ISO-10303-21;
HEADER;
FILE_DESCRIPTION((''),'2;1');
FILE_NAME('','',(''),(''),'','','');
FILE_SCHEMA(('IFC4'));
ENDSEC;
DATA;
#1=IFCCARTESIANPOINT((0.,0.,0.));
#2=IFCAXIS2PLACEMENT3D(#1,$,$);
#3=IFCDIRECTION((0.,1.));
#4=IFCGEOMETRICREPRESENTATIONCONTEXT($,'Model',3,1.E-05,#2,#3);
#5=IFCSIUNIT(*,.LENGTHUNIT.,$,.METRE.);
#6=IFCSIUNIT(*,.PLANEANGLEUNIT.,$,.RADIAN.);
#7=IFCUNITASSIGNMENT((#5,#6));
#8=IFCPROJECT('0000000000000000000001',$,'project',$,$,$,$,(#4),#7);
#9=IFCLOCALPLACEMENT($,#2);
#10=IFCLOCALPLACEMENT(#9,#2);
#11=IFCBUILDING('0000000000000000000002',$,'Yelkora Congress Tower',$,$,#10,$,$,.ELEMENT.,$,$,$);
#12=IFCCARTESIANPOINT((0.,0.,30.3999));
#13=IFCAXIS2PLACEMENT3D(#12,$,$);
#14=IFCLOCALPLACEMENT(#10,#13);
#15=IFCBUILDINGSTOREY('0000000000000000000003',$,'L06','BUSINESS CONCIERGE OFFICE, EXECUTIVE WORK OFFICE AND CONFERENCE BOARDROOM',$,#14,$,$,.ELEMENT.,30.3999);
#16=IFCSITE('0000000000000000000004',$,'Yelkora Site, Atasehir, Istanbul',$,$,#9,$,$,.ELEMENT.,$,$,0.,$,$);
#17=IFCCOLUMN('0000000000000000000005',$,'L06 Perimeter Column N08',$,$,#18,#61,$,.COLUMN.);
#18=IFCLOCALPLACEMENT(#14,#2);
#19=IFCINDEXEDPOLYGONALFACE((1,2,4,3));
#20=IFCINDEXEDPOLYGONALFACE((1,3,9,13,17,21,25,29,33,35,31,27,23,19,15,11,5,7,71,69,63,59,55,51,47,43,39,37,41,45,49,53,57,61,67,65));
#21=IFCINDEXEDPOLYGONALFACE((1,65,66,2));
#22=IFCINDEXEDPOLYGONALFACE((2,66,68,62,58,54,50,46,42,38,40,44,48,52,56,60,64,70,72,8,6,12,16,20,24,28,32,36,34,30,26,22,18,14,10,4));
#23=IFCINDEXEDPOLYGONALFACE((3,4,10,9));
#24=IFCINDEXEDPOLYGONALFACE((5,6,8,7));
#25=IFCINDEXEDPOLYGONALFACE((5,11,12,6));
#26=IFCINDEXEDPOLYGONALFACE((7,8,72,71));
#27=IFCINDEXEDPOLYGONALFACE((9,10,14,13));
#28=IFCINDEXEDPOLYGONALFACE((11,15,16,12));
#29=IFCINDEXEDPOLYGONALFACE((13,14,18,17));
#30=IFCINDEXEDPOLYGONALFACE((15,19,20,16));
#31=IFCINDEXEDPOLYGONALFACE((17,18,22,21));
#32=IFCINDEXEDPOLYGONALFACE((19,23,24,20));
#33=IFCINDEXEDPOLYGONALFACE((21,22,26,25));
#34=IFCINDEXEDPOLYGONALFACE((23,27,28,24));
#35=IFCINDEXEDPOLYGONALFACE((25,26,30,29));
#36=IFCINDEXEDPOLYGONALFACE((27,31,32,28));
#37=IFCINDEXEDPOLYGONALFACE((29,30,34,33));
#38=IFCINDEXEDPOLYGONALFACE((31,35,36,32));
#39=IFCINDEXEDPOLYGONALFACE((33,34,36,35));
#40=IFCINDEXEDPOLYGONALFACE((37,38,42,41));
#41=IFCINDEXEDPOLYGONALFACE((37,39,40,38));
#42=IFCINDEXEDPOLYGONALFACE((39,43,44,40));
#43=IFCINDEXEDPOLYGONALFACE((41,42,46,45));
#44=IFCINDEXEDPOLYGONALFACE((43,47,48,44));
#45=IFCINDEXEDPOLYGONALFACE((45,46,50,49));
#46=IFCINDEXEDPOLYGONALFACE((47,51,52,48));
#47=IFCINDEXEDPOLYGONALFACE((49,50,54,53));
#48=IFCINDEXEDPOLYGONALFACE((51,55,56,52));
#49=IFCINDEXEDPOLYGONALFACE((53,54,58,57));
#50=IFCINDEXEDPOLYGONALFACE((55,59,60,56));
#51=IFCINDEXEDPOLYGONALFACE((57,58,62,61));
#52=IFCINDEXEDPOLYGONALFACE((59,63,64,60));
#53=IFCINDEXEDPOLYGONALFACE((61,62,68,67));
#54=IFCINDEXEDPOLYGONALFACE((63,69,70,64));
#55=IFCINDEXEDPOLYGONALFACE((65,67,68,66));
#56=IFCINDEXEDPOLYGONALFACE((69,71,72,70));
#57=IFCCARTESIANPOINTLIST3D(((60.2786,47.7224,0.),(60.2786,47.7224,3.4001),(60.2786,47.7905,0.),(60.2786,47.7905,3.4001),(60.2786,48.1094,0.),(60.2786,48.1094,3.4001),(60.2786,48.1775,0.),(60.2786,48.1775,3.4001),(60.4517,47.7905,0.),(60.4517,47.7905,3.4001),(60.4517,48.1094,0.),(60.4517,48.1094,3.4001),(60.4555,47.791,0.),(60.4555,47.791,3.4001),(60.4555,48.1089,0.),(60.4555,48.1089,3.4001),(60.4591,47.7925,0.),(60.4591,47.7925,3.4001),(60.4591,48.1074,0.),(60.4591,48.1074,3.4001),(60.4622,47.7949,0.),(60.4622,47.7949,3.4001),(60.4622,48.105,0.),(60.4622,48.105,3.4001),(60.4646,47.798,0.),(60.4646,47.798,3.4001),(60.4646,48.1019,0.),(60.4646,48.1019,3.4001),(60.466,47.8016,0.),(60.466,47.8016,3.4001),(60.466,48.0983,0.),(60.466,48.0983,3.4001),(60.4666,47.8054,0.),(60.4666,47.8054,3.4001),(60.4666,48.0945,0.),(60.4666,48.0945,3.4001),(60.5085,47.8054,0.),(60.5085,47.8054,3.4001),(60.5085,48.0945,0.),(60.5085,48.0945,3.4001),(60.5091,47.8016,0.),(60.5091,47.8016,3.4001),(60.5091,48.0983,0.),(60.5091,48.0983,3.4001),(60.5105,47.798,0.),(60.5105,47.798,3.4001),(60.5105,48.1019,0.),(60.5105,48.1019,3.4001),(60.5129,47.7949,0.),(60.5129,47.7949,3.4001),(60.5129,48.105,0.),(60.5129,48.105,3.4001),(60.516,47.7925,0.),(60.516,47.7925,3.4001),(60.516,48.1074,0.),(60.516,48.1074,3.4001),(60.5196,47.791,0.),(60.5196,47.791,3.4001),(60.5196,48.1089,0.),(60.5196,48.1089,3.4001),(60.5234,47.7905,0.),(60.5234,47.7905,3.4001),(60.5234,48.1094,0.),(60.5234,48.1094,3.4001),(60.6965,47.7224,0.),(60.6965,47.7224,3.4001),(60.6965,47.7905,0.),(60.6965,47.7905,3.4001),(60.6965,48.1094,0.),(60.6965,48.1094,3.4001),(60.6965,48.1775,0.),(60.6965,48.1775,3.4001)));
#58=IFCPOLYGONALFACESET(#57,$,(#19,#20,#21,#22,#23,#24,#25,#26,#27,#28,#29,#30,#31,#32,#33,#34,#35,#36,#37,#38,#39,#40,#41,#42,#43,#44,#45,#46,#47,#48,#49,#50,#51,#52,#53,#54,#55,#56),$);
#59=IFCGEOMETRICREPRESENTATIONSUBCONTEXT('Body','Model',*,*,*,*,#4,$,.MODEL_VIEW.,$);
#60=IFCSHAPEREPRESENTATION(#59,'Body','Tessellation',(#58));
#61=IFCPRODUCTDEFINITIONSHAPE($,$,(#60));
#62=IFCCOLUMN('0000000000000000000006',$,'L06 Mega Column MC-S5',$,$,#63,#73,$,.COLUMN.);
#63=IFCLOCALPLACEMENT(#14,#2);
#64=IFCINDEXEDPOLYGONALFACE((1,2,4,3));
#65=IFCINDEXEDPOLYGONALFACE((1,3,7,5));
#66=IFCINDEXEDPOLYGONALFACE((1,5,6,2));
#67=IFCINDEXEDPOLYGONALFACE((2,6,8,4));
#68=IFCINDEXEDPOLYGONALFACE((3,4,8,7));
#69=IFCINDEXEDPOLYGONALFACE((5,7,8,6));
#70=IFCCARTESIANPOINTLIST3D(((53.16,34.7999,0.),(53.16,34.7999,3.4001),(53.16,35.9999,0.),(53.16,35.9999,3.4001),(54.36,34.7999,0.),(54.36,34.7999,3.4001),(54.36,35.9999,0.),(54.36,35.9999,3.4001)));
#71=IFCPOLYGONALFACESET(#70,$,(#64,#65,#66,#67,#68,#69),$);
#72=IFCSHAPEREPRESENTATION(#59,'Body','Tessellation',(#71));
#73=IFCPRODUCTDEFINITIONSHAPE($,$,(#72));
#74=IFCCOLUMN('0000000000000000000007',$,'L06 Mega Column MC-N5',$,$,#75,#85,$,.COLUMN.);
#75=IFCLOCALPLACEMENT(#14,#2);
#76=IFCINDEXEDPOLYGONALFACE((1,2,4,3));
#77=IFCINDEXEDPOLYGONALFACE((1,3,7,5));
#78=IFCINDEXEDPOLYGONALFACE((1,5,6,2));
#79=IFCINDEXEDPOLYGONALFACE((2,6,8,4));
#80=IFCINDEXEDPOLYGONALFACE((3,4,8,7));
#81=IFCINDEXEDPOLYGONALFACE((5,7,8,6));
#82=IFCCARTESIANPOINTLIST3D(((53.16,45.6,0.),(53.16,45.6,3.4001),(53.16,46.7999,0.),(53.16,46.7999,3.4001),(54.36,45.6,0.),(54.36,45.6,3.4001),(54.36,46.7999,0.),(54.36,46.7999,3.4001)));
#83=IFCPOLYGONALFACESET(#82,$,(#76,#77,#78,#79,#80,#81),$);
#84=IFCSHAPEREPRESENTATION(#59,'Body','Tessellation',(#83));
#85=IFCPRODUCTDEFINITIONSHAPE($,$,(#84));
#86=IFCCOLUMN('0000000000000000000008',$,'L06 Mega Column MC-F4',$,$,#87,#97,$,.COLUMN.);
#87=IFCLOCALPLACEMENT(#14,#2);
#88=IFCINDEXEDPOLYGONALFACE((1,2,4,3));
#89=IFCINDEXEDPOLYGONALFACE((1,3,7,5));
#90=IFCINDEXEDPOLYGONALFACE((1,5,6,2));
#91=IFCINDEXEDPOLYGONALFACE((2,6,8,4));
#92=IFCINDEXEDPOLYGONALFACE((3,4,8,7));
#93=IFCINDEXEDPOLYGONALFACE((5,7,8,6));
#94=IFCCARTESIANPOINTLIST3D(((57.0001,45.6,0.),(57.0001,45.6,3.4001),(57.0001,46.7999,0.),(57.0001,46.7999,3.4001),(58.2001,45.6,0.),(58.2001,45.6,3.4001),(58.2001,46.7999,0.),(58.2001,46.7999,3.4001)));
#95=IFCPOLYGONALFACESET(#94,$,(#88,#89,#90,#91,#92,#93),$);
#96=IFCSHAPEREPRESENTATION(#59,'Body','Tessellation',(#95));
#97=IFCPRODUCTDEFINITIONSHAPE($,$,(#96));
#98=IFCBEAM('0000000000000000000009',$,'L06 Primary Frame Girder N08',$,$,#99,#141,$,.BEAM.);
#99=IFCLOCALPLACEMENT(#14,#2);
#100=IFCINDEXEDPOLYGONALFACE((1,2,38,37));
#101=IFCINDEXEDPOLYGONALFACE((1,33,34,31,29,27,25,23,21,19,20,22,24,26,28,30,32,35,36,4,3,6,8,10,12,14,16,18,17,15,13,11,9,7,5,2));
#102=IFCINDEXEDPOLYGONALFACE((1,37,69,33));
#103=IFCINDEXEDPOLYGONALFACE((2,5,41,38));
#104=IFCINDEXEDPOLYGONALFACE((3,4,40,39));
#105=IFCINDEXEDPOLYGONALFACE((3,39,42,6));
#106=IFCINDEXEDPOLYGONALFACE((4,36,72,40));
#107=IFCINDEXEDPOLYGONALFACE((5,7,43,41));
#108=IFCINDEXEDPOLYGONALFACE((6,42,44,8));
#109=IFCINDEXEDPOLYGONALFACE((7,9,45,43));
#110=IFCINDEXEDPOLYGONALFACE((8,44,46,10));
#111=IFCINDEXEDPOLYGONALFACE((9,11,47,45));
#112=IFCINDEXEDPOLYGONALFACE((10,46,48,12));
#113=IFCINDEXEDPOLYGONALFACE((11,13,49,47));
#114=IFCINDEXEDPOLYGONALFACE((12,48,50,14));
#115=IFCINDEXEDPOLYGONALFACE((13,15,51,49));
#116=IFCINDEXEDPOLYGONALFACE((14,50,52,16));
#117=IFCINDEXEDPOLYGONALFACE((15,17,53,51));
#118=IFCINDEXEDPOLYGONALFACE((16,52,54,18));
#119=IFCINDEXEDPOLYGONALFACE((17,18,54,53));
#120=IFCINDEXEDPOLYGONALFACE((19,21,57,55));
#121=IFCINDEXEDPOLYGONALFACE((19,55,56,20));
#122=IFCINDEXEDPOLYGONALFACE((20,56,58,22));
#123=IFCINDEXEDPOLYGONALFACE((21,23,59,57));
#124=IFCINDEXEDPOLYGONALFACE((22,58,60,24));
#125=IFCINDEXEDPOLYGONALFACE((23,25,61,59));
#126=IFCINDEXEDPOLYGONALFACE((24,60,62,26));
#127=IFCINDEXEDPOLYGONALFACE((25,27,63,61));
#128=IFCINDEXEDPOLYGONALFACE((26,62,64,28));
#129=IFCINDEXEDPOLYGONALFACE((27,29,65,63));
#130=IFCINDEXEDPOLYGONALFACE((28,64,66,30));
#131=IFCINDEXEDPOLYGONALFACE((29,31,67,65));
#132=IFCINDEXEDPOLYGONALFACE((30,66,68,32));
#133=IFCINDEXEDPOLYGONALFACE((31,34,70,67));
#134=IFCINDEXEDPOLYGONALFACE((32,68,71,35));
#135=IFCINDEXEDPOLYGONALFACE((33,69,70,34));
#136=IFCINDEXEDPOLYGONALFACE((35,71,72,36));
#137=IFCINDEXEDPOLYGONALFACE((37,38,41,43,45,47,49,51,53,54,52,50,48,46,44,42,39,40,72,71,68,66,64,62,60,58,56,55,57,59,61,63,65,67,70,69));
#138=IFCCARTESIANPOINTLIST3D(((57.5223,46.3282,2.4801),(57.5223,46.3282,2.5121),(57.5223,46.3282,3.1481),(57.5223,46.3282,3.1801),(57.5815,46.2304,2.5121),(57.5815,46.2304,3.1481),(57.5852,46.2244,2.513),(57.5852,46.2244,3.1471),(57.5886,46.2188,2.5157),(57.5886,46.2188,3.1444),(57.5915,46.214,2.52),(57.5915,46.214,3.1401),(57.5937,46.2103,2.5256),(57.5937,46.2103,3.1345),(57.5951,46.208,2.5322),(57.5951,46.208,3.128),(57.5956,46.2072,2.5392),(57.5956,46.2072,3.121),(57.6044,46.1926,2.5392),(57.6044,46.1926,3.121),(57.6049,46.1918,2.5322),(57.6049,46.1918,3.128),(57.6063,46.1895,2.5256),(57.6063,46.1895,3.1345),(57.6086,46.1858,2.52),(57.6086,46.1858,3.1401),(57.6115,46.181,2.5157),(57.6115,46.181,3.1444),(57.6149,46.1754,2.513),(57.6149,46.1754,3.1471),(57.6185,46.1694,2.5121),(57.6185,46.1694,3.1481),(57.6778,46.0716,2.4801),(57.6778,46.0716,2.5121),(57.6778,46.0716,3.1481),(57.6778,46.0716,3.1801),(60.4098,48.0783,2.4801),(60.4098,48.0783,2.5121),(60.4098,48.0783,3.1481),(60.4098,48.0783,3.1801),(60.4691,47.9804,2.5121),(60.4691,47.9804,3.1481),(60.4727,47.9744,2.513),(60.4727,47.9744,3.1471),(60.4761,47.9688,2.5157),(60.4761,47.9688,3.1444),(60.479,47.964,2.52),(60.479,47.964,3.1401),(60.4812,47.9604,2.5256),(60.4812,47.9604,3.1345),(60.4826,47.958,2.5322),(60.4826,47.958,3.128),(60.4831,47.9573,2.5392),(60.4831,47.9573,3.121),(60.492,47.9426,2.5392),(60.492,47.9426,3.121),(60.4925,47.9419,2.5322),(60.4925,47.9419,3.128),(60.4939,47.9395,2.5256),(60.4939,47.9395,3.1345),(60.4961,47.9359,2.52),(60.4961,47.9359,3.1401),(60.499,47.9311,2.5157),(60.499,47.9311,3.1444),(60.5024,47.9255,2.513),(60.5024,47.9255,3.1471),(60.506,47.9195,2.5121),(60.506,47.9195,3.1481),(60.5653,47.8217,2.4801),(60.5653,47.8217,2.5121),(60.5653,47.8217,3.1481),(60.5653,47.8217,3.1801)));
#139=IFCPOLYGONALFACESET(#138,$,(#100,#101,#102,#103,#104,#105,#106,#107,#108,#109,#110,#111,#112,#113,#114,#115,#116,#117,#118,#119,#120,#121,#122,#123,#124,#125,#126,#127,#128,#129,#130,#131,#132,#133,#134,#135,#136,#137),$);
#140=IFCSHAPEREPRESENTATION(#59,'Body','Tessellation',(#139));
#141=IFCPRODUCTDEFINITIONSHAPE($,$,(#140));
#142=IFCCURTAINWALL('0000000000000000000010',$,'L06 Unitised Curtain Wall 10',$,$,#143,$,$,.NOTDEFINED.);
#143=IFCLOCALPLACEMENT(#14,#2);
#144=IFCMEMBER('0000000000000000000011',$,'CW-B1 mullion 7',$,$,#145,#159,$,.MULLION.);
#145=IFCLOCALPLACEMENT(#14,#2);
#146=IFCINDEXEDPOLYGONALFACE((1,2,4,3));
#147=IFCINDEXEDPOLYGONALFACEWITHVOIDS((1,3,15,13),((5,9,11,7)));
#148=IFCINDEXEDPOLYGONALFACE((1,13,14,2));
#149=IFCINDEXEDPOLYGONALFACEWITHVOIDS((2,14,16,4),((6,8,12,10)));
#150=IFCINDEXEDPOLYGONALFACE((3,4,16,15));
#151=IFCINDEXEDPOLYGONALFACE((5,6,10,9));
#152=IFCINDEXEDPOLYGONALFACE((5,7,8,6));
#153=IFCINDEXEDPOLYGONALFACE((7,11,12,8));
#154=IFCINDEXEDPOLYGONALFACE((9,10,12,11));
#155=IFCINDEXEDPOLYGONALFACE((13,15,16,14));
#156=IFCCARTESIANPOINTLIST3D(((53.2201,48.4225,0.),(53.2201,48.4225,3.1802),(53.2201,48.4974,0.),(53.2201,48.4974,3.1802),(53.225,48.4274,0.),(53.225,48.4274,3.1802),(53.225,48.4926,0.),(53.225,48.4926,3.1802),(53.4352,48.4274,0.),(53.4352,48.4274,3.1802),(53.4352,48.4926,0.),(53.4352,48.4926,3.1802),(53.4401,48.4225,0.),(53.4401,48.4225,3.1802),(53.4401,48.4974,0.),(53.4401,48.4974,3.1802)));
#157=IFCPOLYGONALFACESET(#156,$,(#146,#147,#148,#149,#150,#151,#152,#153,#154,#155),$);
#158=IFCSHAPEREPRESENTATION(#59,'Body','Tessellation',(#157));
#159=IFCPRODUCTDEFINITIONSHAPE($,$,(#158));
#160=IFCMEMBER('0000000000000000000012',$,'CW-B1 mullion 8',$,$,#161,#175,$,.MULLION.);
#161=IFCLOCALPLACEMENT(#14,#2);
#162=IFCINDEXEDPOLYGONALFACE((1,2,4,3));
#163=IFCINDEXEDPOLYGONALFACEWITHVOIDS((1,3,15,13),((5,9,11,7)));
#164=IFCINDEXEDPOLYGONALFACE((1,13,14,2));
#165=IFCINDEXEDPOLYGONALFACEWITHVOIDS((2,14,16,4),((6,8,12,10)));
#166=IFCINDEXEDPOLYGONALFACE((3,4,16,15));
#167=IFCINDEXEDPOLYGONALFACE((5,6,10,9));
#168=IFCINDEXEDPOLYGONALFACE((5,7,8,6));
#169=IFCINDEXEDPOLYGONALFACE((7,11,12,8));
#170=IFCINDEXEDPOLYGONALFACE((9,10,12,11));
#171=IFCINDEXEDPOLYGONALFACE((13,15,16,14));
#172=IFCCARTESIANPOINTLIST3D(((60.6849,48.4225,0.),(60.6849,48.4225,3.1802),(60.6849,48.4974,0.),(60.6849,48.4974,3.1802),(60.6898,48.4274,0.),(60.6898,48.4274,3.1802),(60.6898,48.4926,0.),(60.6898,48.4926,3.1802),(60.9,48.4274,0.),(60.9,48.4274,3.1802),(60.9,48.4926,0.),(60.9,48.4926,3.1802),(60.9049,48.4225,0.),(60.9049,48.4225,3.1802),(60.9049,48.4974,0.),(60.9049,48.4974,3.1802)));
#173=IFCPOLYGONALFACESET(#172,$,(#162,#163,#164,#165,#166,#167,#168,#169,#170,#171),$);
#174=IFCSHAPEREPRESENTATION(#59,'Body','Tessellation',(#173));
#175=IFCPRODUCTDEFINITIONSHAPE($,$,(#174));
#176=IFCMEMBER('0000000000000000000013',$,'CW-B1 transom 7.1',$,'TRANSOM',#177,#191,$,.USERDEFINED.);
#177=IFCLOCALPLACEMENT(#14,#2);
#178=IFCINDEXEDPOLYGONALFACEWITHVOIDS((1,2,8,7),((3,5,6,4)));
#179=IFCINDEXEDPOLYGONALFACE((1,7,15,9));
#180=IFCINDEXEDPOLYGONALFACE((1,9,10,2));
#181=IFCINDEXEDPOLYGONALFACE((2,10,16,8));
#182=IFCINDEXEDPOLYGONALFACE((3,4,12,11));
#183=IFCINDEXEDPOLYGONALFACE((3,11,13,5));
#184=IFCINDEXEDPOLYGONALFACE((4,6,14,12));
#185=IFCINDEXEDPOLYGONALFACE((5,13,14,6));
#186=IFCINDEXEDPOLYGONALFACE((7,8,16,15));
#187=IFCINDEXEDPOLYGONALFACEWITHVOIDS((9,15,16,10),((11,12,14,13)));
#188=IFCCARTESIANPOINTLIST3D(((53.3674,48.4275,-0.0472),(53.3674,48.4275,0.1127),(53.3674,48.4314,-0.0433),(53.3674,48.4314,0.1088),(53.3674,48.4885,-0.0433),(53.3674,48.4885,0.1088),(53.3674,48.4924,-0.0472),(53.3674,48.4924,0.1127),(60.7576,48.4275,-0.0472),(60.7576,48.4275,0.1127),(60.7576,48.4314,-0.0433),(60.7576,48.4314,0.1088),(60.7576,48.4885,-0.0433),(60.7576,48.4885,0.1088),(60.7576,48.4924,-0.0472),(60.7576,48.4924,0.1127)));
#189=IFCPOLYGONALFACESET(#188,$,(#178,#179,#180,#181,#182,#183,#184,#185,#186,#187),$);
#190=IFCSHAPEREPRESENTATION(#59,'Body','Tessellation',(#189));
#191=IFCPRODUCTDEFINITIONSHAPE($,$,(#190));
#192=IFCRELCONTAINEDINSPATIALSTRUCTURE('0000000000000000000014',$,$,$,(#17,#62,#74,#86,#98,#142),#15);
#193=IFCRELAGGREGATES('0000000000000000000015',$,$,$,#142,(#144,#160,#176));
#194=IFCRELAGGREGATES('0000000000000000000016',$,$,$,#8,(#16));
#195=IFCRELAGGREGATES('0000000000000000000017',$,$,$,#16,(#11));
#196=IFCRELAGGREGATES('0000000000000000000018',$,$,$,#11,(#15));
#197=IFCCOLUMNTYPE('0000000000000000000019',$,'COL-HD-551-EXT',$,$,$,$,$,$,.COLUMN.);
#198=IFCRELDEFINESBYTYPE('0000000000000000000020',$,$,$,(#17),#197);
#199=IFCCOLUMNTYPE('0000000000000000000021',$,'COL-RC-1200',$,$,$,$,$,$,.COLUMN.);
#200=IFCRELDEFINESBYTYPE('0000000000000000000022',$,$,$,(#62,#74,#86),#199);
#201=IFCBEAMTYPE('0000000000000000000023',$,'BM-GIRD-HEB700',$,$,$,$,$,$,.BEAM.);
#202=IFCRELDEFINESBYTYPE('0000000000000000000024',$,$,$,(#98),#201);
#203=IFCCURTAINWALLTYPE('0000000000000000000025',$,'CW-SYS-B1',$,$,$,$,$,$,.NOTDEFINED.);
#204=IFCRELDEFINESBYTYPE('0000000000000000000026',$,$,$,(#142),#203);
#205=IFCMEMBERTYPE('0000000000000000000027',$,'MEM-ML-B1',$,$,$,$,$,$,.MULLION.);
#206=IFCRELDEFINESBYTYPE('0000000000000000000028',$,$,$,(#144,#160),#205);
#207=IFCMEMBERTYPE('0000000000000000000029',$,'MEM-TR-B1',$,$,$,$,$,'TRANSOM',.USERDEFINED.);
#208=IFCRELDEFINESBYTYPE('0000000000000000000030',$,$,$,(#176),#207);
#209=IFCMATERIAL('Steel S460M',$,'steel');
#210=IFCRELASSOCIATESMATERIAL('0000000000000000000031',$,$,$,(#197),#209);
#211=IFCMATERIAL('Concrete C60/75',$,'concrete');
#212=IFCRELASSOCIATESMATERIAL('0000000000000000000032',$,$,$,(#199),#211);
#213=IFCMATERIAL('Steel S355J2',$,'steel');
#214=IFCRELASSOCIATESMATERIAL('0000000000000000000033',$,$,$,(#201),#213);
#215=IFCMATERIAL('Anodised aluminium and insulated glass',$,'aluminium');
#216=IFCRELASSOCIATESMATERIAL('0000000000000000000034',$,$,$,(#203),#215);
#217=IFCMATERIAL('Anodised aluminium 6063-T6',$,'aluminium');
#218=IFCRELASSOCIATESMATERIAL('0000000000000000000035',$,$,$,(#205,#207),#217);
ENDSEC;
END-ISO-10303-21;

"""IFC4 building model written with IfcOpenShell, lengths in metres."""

from ifc_helpers import new_model, si_unit, direction, frame, origin, origin_2d, place, context, subcontext, project, spatial, rectangle, hollow_rectangle, i_section, extrude, material, material_profile, profile_set, type_object, element, aggregate, save


model = new_model("IFC4")

# Units and contexts
model_context = context("Model", 3, precision=1e-05, world=origin(), true_north=direction((0.0, 1.0)))
body_context = subcontext(model_context, "Body", "Model", "MODEL_VIEW")
ifc_project = project(units=[si_unit("LENGTHUNIT", "METRE"), si_unit("PLANEANGLEUNIT", "RADIAN")], contexts=[model_context])

# Site, building, storey
site_placement = place(None, origin())
site = spatial("IfcSite", under=ifc_project, at=site_placement, Name="Yelkora Site, Atasehir, Istanbul", CompositionType="ELEMENT", RefElevation=0.0)
building_placement = place(site_placement, origin())
building = spatial("IfcBuilding", under=site, at=building_placement, Name="Yelkora Congress Tower", CompositionType="ELEMENT")
storey_placement = place(building_placement, frame((0.0, 0.0, 30.3999)))
storey = spatial("IfcBuildingStorey", under=building, at=storey_placement, Name="L06", Description="BUSINESS CONCIERGE OFFICE, EXECUTIVE WORK OFFICE AND CONFERENCE BOARDROOM", CompositionType="ELEMENT", Elevation=30.3999)

# Columns
ifc_material_1 = material(Name="Steel S460M", Category="steel")
ifc_material_profile_1 = material_profile(ifc_material_1, i_section(OverallWidth=0.418, OverallDepth=0.4551, WebThickness=0.042, FlangeThickness=0.0681, FilletRadius=0.0149, at=origin_2d()), Name="HD 400x551")
ifc_profile_set_1 = profile_set([ifc_material_profile_1], Name="Steel S460M")
column_type_1 = type_object("IfcColumnType", Name="COL-HD-551-EXT", PredefinedType="COLUMN", material=ifc_profile_set_1)
column_placement = place(storey_placement, frame((60.4875, 47.95, 0.0), z_axis=(0.0, 0.0, 1.0), x_axis=(1.0, 0.0, 0.0)))
element("IfcColumn", 1, at=column_placement, inside=storey, type_object=column_type_1, Name="L06 Perimeter Column N08", PredefinedType="COLUMN", context=body_context, shape_type="SweptSolid", body=[
    extrude(i_section(OverallWidth=0.418, OverallDepth=0.4551, WebThickness=0.042, FlangeThickness=0.0681, FilletRadius=0.0149, at=origin_2d()), origin(), (0.0, 0.0, 1.0), 3.4001),
])
ifc_material_2 = material(Name="Concrete C60/75", Category="concrete")
ifc_material_profile_2 = material_profile(ifc_material_2, rectangle(XDim=1.2, YDim=1.2, at=origin_2d()), Name="RC 1200x1200")
ifc_profile_set_2 = profile_set([ifc_material_profile_2], Name="Concrete C60/75")
column_type_2 = type_object("IfcColumnType", Name="COL-RC-1200", PredefinedType="COLUMN", material=ifc_profile_set_2)
for number, where, z_axis, x_axis, name in (
    (2, (53.76, 35.3999, 0.0), (0.0, 0.0, 1.0), (1.0, 0.0, 0.0), "L06 Mega Column MC-S5"),
    (3, (53.76, 46.2, 0.0), (0.0, 0.0, 1.0), (1.0, 0.0, 0.0), "L06 Mega Column MC-N5"),
    (4, (57.6001, 46.2, 0.0), (0.0, 0.0, 1.0), (1.0, 0.0, 0.0), "L06 Mega Column MC-F4"),
):
    element("IfcColumn", number, at=place(storey_placement, frame(where, z_axis=z_axis, x_axis=x_axis)), inside=storey, type_object=column_type_2, Name=name, PredefinedType="COLUMN", context=body_context, shape_type="SweptSolid", body=[
        extrude(rectangle(XDim=1.2, YDim=1.2, at=origin_2d()), origin(), (0.0, 0.0, 1.0), 3.4001),
    ])

# Beam
ifc_material_3 = material(Name="Steel S355J2", Category="steel")
ifc_material_profile_3 = material_profile(ifc_material_3, i_section(OverallWidth=0.3, OverallDepth=0.7, WebThickness=0.0171, FlangeThickness=0.032, FilletRadius=0.0271, at=origin_2d()), Name="HEB 700")
ifc_profile_set_3 = profile_set([ifc_material_profile_3], Name="Steel S355J2")
beam_type = type_object("IfcBeamType", Name="BM-GIRD-HEB700", PredefinedType="BEAM", material=ifc_profile_set_3)
beam_placement = place(storey_placement, frame((60.4875, 47.95, 2.8301), z_axis=(-0.855194, -0.518308, 0.0), x_axis=(0.518308, -0.855194, 0.0)))
element("IfcBeam", 5, at=beam_placement, inside=storey, type_object=beam_type, Name="L06 Primary Frame Girder N08", PredefinedType="BEAM", context=body_context, shape_type="SweptSolid", body=[
    extrude(i_section(OverallWidth=0.3, OverallDepth=0.7, WebThickness=0.0171, FlangeThickness=0.032, FilletRadius=0.0271, at=origin_2d()), origin(), (0.0, 0.0, 1.0), 3.3765),
])

# Curtain wall, members
ifc_material_4 = material(Name="Anodised aluminium and insulated glass", Category="aluminium")
curtain_wall_type = type_object("IfcCurtainWallType", Name="CW-SYS-B1", PredefinedType="NOTDEFINED", material=ifc_material_4)
curtain_wall_placement = place(storey_placement, origin())
curtain_wall = element("IfcCurtainWall", 6, at=curtain_wall_placement, inside=storey, type_object=curtain_wall_type, Name="L06 Unitised Curtain Wall 10", PredefinedType="NOTDEFINED")
ifc_material_5 = material(Name="Anodised aluminium 6063-T6", Category="aluminium")
ifc_material_profile_4 = material_profile(ifc_material_5, hollow_rectangle(XDim=0.075, YDim=0.22, WallThickness=0.0049, at=origin_2d()), Name="ALU 75x220x5")
ifc_profile_set_4 = profile_set([ifc_material_profile_4], Name="Anodised aluminium 6063-T6")
member_type_1 = type_object("IfcMemberType", Name="MEM-ML-B1", PredefinedType="MULLION", material=ifc_profile_set_4)
member_1_placement = place(storey_placement, frame((53.3301, 48.46, 0.0), z_axis=(0.0, 0.0, 1.0), x_axis=(0.0, 1.0, 0.0)))
member_1 = element("IfcMember", 7, at=member_1_placement, type_object=member_type_1, Name="CW-B1 mullion 7", PredefinedType="MULLION", context=body_context, shape_type="SweptSolid", body=[
    extrude(hollow_rectangle(XDim=0.075, YDim=0.22, WallThickness=0.0049, at=origin_2d()), origin(), (0.0, 0.0, 1.0), 3.1802),
])
member_2_placement = place(storey_placement, frame((60.7949, 48.46, 0.0), z_axis=(0.0, 0.0, 1.0), x_axis=(0.0, 1.0, 0.0)))
member_2 = element("IfcMember", 8, at=member_2_placement, type_object=member_type_1, Name="CW-B1 mullion 8", PredefinedType="MULLION", context=body_context, shape_type="SweptSolid", body=[
    extrude(hollow_rectangle(XDim=0.075, YDim=0.22, WallThickness=0.0049, at=origin_2d()), origin(), (0.0, 0.0, 1.0), 3.1802),
])
ifc_material_profile_5 = material_profile(ifc_material_5, hollow_rectangle(XDim=0.0649, YDim=0.1599, WallThickness=0.0039, at=origin_2d()), Name="ALU 65x160x4")
ifc_profile_set_5 = profile_set([ifc_material_profile_5], Name="Anodised aluminium 6063-T6")
member_type_2 = type_object("IfcMemberType", Name="MEM-TR-B1", ElementType="TRANSOM", PredefinedType="USERDEFINED", material=ifc_profile_set_5)
member_3_placement = place(storey_placement, frame((53.3674, 48.46, 0.0327), z_axis=(1.0, 0.0, 0.0), x_axis=(0.0, 1.0, 0.0)))
member_3 = element("IfcMember", 9, at=member_3_placement, type_object=member_type_2, Name="CW-B1 transom 7.1", ObjectType="TRANSOM", PredefinedType="USERDEFINED", context=body_context, shape_type="SweptSolid", body=[
    extrude(hollow_rectangle(XDim=0.0649, YDim=0.1599, WallThickness=0.0039, at=origin_2d()), origin(), (0.0, 0.0, 1.0), 7.3901),
])
aggregate(curtain_wall, [member_1, member_2, member_3])

save(model, "model.ifc")
